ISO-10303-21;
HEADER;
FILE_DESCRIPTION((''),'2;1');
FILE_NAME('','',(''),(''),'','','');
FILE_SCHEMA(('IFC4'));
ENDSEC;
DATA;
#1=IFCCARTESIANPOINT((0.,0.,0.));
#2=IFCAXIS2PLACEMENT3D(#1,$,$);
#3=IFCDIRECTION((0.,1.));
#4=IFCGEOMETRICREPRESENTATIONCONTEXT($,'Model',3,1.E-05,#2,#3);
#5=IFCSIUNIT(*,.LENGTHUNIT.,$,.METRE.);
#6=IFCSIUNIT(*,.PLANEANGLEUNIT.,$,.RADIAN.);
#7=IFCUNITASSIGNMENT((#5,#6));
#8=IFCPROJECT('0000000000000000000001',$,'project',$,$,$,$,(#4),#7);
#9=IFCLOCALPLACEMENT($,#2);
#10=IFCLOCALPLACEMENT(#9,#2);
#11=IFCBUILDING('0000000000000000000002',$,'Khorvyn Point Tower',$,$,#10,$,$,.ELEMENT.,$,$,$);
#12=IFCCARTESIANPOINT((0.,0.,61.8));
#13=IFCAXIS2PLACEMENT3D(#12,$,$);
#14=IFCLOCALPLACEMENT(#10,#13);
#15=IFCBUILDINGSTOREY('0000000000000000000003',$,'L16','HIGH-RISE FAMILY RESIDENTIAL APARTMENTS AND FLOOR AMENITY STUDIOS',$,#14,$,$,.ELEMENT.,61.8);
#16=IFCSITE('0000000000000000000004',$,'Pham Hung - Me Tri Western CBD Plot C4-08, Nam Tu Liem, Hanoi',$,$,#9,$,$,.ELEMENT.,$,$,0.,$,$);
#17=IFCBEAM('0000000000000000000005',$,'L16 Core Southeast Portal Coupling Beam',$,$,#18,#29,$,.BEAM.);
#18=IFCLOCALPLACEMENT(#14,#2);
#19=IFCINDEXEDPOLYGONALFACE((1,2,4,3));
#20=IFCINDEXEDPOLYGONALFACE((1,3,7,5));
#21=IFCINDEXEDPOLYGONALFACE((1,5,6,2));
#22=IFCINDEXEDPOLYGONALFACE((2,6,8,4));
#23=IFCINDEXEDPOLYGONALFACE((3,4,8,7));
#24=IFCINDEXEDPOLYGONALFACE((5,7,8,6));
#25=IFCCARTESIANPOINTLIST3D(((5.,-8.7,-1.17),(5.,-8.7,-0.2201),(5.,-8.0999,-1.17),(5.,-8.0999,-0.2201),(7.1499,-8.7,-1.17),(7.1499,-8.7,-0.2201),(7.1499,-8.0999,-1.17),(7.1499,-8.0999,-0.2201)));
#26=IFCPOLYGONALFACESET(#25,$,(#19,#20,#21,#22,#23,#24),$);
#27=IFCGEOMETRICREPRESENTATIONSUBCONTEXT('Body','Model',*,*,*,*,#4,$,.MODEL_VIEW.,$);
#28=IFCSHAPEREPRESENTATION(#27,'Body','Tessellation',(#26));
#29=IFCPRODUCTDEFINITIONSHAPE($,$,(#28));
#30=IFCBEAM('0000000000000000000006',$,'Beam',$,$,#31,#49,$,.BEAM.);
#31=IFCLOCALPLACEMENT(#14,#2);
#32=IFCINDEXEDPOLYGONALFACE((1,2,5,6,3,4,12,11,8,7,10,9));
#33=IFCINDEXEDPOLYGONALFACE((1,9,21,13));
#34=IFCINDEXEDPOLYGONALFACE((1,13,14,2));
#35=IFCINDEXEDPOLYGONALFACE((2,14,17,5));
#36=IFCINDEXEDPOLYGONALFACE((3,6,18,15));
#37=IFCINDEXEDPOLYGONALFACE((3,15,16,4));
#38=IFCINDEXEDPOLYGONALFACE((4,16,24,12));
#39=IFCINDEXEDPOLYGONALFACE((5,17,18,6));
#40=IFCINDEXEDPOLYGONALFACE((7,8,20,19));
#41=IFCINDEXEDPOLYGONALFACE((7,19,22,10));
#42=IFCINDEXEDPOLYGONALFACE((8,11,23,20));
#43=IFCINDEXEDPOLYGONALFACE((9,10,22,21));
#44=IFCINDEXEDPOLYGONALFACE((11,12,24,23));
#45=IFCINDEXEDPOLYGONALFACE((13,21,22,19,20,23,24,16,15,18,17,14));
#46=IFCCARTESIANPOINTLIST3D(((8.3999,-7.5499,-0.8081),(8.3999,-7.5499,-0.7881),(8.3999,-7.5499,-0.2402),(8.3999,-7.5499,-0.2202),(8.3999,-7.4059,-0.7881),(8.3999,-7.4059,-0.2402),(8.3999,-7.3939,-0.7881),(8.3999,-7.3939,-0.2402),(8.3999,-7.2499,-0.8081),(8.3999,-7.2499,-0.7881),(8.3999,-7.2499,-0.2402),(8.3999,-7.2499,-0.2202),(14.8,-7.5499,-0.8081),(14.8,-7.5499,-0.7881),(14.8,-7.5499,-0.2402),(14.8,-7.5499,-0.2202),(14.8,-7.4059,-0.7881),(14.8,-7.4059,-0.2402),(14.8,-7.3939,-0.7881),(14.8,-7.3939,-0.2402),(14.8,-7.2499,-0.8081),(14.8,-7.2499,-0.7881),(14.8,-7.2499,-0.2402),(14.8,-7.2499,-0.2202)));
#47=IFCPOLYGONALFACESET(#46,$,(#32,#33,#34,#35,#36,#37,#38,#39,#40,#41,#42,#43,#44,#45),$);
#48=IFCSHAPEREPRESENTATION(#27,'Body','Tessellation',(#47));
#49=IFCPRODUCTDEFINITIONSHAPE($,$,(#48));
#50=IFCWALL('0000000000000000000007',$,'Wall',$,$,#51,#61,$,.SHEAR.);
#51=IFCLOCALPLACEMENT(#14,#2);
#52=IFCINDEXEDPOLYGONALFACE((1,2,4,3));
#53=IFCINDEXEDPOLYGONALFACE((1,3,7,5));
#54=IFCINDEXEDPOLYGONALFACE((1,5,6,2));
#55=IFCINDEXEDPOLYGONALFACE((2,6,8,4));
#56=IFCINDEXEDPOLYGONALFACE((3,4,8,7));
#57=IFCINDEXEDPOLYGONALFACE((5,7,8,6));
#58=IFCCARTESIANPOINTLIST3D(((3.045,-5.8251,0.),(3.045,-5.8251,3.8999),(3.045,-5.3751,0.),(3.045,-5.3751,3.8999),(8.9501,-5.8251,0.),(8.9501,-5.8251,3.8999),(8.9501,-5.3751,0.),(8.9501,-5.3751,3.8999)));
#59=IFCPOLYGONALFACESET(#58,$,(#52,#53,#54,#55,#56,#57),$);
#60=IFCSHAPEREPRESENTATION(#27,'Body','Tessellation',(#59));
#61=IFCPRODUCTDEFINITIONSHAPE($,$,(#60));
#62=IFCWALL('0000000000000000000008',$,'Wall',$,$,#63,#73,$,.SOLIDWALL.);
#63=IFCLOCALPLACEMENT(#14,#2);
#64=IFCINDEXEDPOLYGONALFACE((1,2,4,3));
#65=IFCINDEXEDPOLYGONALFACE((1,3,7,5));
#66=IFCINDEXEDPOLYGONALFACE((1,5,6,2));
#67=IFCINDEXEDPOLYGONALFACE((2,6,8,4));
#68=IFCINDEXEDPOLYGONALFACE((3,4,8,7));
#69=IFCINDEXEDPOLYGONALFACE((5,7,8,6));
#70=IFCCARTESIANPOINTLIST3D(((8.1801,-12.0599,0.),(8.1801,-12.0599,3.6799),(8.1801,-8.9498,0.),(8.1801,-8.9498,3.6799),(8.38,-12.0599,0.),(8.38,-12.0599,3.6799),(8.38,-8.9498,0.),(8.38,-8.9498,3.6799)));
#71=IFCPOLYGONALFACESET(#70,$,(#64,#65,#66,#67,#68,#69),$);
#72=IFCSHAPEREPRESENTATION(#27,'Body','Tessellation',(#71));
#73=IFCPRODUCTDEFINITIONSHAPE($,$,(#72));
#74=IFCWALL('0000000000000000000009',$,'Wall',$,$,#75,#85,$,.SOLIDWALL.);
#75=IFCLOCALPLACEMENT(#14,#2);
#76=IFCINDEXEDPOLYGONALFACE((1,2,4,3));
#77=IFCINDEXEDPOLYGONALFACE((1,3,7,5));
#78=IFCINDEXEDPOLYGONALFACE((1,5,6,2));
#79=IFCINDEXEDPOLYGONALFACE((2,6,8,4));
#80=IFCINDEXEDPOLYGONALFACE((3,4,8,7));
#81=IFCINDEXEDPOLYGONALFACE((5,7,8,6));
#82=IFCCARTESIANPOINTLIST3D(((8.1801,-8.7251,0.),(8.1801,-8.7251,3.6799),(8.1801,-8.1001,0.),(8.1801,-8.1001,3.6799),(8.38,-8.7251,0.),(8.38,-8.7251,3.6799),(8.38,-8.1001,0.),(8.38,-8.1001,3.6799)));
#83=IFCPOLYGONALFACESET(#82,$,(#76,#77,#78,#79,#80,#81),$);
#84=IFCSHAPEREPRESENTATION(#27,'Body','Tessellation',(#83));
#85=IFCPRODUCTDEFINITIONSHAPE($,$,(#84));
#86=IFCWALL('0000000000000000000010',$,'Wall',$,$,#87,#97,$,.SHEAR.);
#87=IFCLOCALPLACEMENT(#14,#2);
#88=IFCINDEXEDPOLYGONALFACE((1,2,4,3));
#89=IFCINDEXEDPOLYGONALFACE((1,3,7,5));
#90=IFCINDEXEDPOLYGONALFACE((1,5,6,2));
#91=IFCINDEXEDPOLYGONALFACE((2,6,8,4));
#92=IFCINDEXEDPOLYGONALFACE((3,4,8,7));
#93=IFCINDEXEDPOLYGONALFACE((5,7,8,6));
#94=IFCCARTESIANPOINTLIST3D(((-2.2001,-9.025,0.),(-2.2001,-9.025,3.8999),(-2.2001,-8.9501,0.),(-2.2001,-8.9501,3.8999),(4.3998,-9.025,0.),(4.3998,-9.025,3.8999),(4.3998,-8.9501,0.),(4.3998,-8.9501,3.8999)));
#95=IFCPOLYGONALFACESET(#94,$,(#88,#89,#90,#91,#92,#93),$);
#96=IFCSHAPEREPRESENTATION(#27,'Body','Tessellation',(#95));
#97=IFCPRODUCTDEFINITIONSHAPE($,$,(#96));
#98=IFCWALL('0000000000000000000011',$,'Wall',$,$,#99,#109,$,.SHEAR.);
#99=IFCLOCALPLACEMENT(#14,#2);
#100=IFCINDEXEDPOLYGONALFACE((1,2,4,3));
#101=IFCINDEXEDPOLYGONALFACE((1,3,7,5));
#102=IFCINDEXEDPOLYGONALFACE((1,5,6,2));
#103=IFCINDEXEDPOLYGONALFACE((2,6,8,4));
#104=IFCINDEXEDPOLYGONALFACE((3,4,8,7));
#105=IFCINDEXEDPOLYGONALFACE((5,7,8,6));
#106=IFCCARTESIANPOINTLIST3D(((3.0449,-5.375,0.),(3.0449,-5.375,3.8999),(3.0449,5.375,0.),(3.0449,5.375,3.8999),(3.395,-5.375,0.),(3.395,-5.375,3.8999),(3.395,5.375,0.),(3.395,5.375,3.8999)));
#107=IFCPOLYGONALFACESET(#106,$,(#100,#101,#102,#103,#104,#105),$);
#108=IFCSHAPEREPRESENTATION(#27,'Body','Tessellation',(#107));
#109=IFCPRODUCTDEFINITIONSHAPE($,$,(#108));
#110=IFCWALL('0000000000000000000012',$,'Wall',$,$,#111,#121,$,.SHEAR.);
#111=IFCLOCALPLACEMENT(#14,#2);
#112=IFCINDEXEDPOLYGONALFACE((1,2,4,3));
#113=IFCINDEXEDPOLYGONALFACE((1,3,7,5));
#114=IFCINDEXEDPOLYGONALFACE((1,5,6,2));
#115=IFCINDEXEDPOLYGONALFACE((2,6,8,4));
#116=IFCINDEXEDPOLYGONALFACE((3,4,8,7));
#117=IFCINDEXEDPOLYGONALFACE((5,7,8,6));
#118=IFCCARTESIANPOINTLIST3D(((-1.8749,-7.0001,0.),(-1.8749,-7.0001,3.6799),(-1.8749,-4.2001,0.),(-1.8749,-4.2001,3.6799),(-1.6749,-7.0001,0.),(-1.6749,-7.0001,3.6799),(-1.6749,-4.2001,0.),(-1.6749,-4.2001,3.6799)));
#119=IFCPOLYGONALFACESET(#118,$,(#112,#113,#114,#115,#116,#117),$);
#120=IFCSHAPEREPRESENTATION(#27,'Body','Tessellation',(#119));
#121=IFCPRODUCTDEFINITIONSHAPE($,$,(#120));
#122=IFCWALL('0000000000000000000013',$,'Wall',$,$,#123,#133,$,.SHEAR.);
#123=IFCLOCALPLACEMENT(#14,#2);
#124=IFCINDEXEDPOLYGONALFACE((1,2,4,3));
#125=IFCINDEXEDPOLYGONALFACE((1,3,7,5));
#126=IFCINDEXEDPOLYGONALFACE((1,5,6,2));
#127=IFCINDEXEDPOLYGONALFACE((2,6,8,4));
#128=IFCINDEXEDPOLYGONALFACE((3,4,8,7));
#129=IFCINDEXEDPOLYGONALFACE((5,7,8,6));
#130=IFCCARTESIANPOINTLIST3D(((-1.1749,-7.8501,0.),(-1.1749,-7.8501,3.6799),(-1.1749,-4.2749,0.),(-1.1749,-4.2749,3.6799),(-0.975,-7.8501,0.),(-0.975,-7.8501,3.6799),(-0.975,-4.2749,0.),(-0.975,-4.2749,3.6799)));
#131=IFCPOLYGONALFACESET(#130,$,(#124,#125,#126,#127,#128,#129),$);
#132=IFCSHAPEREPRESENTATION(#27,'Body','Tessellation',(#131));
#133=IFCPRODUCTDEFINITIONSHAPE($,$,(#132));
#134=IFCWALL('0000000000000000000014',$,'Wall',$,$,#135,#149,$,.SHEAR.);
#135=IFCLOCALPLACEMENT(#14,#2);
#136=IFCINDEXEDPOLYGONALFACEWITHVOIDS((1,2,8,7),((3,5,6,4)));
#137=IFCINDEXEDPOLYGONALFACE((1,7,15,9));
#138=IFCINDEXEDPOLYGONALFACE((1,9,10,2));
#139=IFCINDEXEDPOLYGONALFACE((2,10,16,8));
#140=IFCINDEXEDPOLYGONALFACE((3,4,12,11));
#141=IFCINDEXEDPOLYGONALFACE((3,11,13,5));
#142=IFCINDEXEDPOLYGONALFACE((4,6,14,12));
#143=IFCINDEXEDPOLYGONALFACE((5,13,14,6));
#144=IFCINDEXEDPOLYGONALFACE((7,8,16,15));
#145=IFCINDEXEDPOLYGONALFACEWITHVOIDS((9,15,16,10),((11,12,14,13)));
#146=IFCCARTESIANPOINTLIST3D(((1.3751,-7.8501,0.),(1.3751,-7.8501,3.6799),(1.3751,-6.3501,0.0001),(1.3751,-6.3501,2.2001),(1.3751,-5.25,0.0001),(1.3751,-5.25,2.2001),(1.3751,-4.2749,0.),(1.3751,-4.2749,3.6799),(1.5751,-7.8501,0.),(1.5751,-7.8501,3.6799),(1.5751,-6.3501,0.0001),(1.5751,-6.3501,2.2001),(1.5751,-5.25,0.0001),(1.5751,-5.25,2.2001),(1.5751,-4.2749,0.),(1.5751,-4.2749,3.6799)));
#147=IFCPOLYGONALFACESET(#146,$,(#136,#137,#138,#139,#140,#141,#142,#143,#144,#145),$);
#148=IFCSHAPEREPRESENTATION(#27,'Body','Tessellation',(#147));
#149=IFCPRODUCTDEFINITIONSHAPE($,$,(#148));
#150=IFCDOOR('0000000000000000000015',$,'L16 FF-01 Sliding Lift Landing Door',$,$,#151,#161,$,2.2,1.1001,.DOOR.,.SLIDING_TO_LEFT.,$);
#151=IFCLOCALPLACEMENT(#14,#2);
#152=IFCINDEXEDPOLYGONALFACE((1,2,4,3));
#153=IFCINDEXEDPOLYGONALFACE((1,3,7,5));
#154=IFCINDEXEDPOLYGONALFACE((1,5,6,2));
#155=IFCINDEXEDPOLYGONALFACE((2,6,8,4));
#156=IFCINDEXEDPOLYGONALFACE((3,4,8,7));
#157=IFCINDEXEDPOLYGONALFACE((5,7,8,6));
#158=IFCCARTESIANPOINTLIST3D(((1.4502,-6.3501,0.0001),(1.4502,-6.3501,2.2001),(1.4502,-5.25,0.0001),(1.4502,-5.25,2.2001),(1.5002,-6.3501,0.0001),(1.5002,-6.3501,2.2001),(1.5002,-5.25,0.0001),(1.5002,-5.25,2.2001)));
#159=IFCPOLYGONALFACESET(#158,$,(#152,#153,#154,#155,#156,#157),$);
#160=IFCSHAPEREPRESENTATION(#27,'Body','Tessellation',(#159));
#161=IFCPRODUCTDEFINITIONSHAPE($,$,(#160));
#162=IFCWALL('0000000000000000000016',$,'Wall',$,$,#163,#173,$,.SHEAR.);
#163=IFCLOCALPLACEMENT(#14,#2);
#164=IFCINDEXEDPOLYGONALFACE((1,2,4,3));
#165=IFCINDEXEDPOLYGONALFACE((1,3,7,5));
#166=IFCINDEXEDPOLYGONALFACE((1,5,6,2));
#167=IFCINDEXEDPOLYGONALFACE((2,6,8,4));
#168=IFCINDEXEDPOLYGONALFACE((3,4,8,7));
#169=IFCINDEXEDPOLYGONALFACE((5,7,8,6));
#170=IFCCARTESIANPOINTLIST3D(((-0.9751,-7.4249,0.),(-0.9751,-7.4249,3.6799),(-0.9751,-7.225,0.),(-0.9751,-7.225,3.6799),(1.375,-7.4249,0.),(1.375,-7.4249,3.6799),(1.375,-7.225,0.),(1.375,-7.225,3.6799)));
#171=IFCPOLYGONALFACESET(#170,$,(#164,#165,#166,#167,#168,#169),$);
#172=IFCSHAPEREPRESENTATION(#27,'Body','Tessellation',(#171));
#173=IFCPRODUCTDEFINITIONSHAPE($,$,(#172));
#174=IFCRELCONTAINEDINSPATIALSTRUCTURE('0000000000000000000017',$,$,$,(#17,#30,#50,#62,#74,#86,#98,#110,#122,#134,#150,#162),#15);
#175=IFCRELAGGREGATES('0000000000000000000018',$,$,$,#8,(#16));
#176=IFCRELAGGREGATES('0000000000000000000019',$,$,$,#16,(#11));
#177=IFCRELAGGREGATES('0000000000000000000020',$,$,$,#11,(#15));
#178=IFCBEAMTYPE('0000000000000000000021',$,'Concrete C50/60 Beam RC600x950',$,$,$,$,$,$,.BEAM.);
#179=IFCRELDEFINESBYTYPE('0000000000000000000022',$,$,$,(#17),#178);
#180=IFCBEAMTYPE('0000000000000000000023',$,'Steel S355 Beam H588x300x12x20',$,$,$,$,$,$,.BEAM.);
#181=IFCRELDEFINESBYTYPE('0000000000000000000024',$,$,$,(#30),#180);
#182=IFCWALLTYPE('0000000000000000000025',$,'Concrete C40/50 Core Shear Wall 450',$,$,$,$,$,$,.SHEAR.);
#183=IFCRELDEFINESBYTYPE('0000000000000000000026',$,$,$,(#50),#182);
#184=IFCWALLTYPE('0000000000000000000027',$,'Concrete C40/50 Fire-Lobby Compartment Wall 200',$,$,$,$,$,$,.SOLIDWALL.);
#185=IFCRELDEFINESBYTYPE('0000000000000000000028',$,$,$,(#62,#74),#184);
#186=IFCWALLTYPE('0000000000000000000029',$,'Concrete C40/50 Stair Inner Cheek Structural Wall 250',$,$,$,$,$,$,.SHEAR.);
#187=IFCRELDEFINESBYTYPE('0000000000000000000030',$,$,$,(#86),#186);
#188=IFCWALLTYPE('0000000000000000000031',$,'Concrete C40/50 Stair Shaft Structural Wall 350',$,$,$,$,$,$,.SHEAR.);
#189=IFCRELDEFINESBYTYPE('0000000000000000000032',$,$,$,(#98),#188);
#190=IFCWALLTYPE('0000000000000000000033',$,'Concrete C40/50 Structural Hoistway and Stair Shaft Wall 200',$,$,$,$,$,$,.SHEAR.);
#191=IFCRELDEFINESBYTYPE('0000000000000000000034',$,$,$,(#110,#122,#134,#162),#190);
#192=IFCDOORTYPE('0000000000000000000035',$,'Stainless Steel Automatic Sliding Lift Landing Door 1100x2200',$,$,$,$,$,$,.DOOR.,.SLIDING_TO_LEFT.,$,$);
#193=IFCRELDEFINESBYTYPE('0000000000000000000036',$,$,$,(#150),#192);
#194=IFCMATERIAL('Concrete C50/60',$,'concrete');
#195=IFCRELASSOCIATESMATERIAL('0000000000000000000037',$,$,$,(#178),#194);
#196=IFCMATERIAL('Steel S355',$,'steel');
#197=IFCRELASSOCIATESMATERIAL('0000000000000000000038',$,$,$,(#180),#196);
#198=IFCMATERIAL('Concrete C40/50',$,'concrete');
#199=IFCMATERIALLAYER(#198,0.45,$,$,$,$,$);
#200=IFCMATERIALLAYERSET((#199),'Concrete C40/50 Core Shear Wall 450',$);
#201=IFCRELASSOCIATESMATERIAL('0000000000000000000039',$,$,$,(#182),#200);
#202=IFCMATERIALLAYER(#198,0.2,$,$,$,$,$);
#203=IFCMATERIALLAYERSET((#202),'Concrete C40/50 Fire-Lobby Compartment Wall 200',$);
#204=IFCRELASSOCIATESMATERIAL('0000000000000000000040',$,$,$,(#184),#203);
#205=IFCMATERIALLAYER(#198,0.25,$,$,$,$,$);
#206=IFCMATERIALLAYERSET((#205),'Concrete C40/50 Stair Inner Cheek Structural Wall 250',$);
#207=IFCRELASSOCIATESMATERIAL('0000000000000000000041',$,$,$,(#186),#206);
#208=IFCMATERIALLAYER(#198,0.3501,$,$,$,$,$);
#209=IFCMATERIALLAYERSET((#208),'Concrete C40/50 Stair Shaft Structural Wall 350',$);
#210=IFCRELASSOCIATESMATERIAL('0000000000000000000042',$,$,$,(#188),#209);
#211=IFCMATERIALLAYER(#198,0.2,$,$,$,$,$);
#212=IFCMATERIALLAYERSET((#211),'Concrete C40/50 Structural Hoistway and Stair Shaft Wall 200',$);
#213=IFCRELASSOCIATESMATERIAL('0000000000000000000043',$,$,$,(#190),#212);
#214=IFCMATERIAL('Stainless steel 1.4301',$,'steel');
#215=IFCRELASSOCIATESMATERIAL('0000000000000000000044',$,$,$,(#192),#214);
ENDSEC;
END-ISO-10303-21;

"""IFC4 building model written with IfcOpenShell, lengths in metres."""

from ifc_helpers import new_model, si_unit, direction, frame, frame_2d, origin, origin_2d, place, context, subcontext, project, spatial, rectangle, i_section, extrude, material, layer, layer_set, material_profile, profile_set, type_object, element, fill, save


model = new_model("IFC4")

# Units and contexts
model_context = context("Model", 3, precision=1e-05, world=origin(), true_north=direction((0.0, 1.0)))
body_context = subcontext(model_context, "Body", "Model", "MODEL_VIEW")
ifc_project = project(units=[si_unit("LENGTHUNIT", "METRE"), si_unit("PLANEANGLEUNIT", "RADIAN")], contexts=[model_context])

# Site, building, storey
site_placement = place(None, origin())
site = spatial("IfcSite", under=ifc_project, at=site_placement, Name="Pham Hung - Me Tri Western CBD Plot C4-08, Nam Tu Liem, Hanoi", CompositionType="ELEMENT", RefElevation=0.0)
building_placement = place(site_placement, origin())
building = spatial("IfcBuilding", under=site, at=building_placement, Name="Khorvyn Point Tower", CompositionType="ELEMENT")
storey_placement = place(building_placement, frame((0.0, 0.0, 61.8)))
storey = spatial("IfcBuildingStorey", under=building, at=storey_placement, Name="L16", Description="HIGH-RISE FAMILY RESIDENTIAL APARTMENTS AND FLOOR AMENITY STUDIOS", CompositionType="ELEMENT", Elevation=61.8)

# Beams
ifc_material_1 = material(Name="Concrete C50/60", Category="concrete")
ifc_material_profile_1 = material_profile(ifc_material_1, rectangle(XDim=0.6001, YDim=0.95, at=origin_2d()))
ifc_profile_set_1 = profile_set([ifc_material_profile_1], Name="Concrete C50/60 RC600x950")
beam_type_1 = type_object("IfcBeamType", Name="Concrete C50/60 Beam RC600x950", PredefinedType="BEAM", material=ifc_profile_set_1)
beam_1_placement = place(storey_placement, frame((5.0, -8.3999, -0.6951), z_axis=(1.0, 0.0, 0.0), x_axis=(0.0, 1.0, 0.0)))
element("IfcBeam", 1, at=beam_1_placement, inside=storey, type_object=beam_type_1, Name="L16 Core Southeast Portal Coupling Beam", PredefinedType="BEAM", context=body_context, shape_type="SweptSolid", body=[
    extrude(rectangle(XDim=0.6001, YDim=0.95, at=origin_2d()), origin(), (0.0, 0.0, 1.0), 2.1499),
])
ifc_material_2 = material(Name="Steel S355", Category="steel")
ifc_material_profile_2 = material_profile(ifc_material_2, i_section(OverallWidth=0.3, OverallDepth=0.5879, WebThickness=0.012, FlangeThickness=0.02, at=origin_2d()))
ifc_profile_set_2 = profile_set([ifc_material_profile_2], Name="Steel S355 H588x300x12x20")
beam_type_2 = type_object("IfcBeamType", Name="Steel S355 Beam H588x300x12x20", PredefinedType="BEAM", material=ifc_profile_set_2)
beam_2_placement = place(storey_placement, frame((8.3999, -7.3999, -0.5142), z_axis=(1.0, 0.0, 0.0), x_axis=(0.0, 1.0, 0.0)))
element("IfcBeam", 2, at=beam_2_placement, inside=storey, type_object=beam_type_2, Name="Beam", PredefinedType="BEAM", context=body_context, shape_type="SweptSolid", body=[
    extrude(i_section(OverallWidth=0.3, OverallDepth=0.5879, WebThickness=0.012, FlangeThickness=0.02, at=origin_2d()), origin(), (0.0, 0.0, 1.0), 6.4001),
])

# Wall
ifc_material_3 = material(Name="Concrete C40/50", Category="concrete")
ifc_layer_1 = layer(ifc_material_3, 0.45)
ifc_layer_set_1 = layer_set([ifc_layer_1], Name="Concrete C40/50 Core Shear Wall 450")
wall_type_1 = type_object("IfcWallType", Name="Concrete C40/50 Core Shear Wall 450", PredefinedType="SHEAR", material=ifc_layer_set_1)
wall_1_placement = place(storey_placement, frame((3.0449, -5.6001, 0.0), z_axis=(0.0, 0.0, 1.0), x_axis=(1.0, 0.0, 0.0)))
element("IfcWall", 3, at=wall_1_placement, inside=storey, type_object=wall_type_1, Name="Wall", PredefinedType="SHEAR", context=body_context, shape_type="SweptSolid", body=[
    extrude(rectangle(XDim=5.905, YDim=0.45, at=frame_2d((2.9526, 0.0))), origin(), (0.0, 0.0, 1.0), 3.8999),
])

# Shared definitions
ifc_layer_2 = layer(ifc_material_3, 0.2)
ifc_layer_set_2 = layer_set([ifc_layer_2], Name="Concrete C40/50 Fire-Lobby Compartment Wall 200")
wall_type_2 = type_object("IfcWallType", Name="Concrete C40/50 Fire-Lobby Compartment Wall 200", PredefinedType="SOLIDWALL", material=ifc_layer_set_2)

# Walls
wall_2_placement = place(storey_placement, frame((8.28, -12.0601, 0.0), z_axis=(0.0, 0.0, 1.0), x_axis=(0.0, 1.0, 0.0)))
element("IfcWall", 4, at=wall_2_placement, inside=storey, type_object=wall_type_2, Name="Wall", PredefinedType="SOLIDWALL", context=body_context, shape_type="SweptSolid", body=[
    extrude(rectangle(XDim=3.1101, YDim=0.2, at=frame_2d((1.5552, 0.0))), origin(), (0.0, 0.0, 1.0), 3.6799),
])
wall_3_placement = place(storey_placement, frame((8.28, -8.7251, 0.0), z_axis=(0.0, 0.0, 1.0), x_axis=(0.0, 1.0, 0.0)))
element("IfcWall", 5, at=wall_3_placement, inside=storey, type_object=wall_type_2, Name="Wall", PredefinedType="SOLIDWALL", context=body_context, shape_type="SweptSolid", body=[
    extrude(rectangle(XDim=0.625, YDim=0.2, at=frame_2d((0.3125, 0.0))), origin(), (0.0, 0.0, 1.0), 3.6799),
])
ifc_layer_3 = layer(ifc_material_3, 0.25)
ifc_layer_set_3 = layer_set([ifc_layer_3], Name="Concrete C40/50 Stair Inner Cheek Structural Wall 250")
wall_type_3 = type_object("IfcWallType", Name="Concrete C40/50 Stair Inner Cheek Structural Wall 250", PredefinedType="SHEAR", material=ifc_layer_set_3)
wall_4_placement = place(storey_placement, frame((-2.2, -8.9875, 0.0), z_axis=(0.0, 0.0, 1.0), x_axis=(1.0, 0.0, 0.0)))
element("IfcWall", 6, at=wall_4_placement, inside=storey, type_object=wall_type_3, Name="Wall", PredefinedType="SHEAR", context=body_context, shape_type="SweptSolid", body=[
    extrude(rectangle(XDim=6.5999, YDim=0.075, at=frame_2d((3.2998, 0.0))), origin(), (0.0, 0.0, 1.0), 3.8999),
])
ifc_layer_4 = layer(ifc_material_3, 0.3501)
ifc_layer_set_4 = layer_set([ifc_layer_4], Name="Concrete C40/50 Stair Shaft Structural Wall 350")
wall_type_4 = type_object("IfcWallType", Name="Concrete C40/50 Stair Shaft Structural Wall 350", PredefinedType="SHEAR", material=ifc_layer_set_4)
wall_5_placement = place(storey_placement, frame((3.22, -5.375, 0.0), z_axis=(0.0, 0.0, 1.0), x_axis=(0.0, 1.0, 0.0)))
element("IfcWall", 7, at=wall_5_placement, inside=storey, type_object=wall_type_4, Name="Wall", PredefinedType="SHEAR", context=body_context, shape_type="SweptSolid", body=[
    extrude(rectangle(XDim=10.75, YDim=0.3501, at=frame_2d((5.375, 0.0))), origin(), (0.0, 0.0, 1.0), 3.8999),
])

# Walls
ifc_layer_5 = layer(ifc_material_3, 0.2)
ifc_layer_set_5 = layer_set([ifc_layer_5], Name="Concrete C40/50 Structural Hoistway and Stair Shaft Wall 200")
wall_type_5 = type_object("IfcWallType", Name="Concrete C40/50 Structural Hoistway and Stair Shaft Wall 200", PredefinedType="SHEAR", material=ifc_layer_set_5)
wall_6_placement = place(storey_placement, frame((-1.7749, -7.0, 0.0), z_axis=(0.0, 0.0, 1.0), x_axis=(0.0, 1.0, 0.0)))
element("IfcWall", 8, at=wall_6_placement, inside=storey, type_object=wall_type_5, Name="Wall", PredefinedType="SHEAR", context=body_context, shape_type="SweptSolid", body=[
    extrude(rectangle(XDim=2.8, YDim=0.2, at=frame_2d((1.3999, 0.0))), origin(), (0.0, 0.0, 1.0), 3.6799),
])
wall_7_placement = place(storey_placement, frame((-1.075, -7.8501, 0.0), z_axis=(0.0, 0.0, 1.0), x_axis=(0.0, 1.0, 0.0)))
element("IfcWall", 9, at=wall_7_placement, inside=storey, type_object=wall_type_5, Name="Wall", PredefinedType="SHEAR", context=body_context, shape_type="SweptSolid", body=[
    extrude(rectangle(XDim=3.5752, YDim=0.2, at=frame_2d((1.7876, 0.0))), origin(), (0.0, 0.0, 1.0), 3.6799),
])

# Wall, opening, door
wall_8_placement = place(storey_placement, frame((1.4751, -7.8501, 0.0), z_axis=(0.0, 0.0, 1.0), x_axis=(0.0, 1.0, 0.0)))
wall_8 = element("IfcWall", 10, at=wall_8_placement, inside=storey, type_object=wall_type_5, Name="Wall", PredefinedType="SHEAR", context=body_context, shape_type="SweptSolid", body=[
    extrude(rectangle(XDim=3.5752, YDim=0.2, at=frame_2d((1.7876, 0.0))), origin(), (0.0, 0.0, 1.0), 3.6799),
])
opening_1_placement = place(wall_8_placement, frame((1.5, 0.0, 0.0)))
opening_1 = element("IfcOpeningElement", 11, at=opening_1_placement, cuts=wall_8, PredefinedType="OPENING", context=body_context, shape_type="SweptSolid", body=[
    extrude(rectangle(XDim=1.1001, YDim=2.2, at=frame_2d((0.55, 1.1001))), frame((0.0, 0.1099, 0.0), z_axis=(0.0, -1.0, 0.0), x_axis=(1.0, 0.0, 0.0)), (0.0, 0.0, 1.0), 0.22),
])
ifc_material_4 = material(Name="Stainless steel 1.4301", Category="steel")
door_type_1 = type_object("IfcDoorType", Name="Stainless Steel Automatic Sliding Lift Landing Door 1100x2200", OperationType="SLIDING_TO_LEFT", PredefinedType="DOOR", material=ifc_material_4)
door_1_placement = place(opening_1_placement, origin())
door_1 = element("IfcDoor", 12, at=door_1_placement, inside=storey, type_object=door_type_1, Name="L16 FF-01 Sliding Lift Landing Door", OperationType="SLIDING_TO_LEFT", OverallHeight=2.2, OverallWidth=1.1001, PredefinedType="DOOR", context=body_context, shape_type="SweptSolid", body=[
    extrude(rectangle(XDim=1.1001, YDim=2.2, at=frame_2d((0.55, 1.1001))), frame((0.0, 0.0249, 0.0), z_axis=(0.0, -1.0, 0.0), x_axis=(1.0, 0.0, 0.0)), (0.0, 0.0, 1.0), 0.05),
])
fill(opening_1, door_1)

# Wall
wall_9_placement = place(storey_placement, frame((-0.9751, -7.325, 0.0), z_axis=(0.0, 0.0, 1.0), x_axis=(1.0, 0.0, 0.0)))
element("IfcWall", 13, at=wall_9_placement, inside=storey, type_object=wall_type_5, Name="Wall", PredefinedType="SHEAR", context=body_context, shape_type="SweptSolid", body=[
    extrude(rectangle(XDim=2.3501, YDim=0.2, at=frame_2d((1.175, 0.0))), origin(), (0.0, 0.0, 1.0), 3.6799),
])

save(model, "model.ifc")
